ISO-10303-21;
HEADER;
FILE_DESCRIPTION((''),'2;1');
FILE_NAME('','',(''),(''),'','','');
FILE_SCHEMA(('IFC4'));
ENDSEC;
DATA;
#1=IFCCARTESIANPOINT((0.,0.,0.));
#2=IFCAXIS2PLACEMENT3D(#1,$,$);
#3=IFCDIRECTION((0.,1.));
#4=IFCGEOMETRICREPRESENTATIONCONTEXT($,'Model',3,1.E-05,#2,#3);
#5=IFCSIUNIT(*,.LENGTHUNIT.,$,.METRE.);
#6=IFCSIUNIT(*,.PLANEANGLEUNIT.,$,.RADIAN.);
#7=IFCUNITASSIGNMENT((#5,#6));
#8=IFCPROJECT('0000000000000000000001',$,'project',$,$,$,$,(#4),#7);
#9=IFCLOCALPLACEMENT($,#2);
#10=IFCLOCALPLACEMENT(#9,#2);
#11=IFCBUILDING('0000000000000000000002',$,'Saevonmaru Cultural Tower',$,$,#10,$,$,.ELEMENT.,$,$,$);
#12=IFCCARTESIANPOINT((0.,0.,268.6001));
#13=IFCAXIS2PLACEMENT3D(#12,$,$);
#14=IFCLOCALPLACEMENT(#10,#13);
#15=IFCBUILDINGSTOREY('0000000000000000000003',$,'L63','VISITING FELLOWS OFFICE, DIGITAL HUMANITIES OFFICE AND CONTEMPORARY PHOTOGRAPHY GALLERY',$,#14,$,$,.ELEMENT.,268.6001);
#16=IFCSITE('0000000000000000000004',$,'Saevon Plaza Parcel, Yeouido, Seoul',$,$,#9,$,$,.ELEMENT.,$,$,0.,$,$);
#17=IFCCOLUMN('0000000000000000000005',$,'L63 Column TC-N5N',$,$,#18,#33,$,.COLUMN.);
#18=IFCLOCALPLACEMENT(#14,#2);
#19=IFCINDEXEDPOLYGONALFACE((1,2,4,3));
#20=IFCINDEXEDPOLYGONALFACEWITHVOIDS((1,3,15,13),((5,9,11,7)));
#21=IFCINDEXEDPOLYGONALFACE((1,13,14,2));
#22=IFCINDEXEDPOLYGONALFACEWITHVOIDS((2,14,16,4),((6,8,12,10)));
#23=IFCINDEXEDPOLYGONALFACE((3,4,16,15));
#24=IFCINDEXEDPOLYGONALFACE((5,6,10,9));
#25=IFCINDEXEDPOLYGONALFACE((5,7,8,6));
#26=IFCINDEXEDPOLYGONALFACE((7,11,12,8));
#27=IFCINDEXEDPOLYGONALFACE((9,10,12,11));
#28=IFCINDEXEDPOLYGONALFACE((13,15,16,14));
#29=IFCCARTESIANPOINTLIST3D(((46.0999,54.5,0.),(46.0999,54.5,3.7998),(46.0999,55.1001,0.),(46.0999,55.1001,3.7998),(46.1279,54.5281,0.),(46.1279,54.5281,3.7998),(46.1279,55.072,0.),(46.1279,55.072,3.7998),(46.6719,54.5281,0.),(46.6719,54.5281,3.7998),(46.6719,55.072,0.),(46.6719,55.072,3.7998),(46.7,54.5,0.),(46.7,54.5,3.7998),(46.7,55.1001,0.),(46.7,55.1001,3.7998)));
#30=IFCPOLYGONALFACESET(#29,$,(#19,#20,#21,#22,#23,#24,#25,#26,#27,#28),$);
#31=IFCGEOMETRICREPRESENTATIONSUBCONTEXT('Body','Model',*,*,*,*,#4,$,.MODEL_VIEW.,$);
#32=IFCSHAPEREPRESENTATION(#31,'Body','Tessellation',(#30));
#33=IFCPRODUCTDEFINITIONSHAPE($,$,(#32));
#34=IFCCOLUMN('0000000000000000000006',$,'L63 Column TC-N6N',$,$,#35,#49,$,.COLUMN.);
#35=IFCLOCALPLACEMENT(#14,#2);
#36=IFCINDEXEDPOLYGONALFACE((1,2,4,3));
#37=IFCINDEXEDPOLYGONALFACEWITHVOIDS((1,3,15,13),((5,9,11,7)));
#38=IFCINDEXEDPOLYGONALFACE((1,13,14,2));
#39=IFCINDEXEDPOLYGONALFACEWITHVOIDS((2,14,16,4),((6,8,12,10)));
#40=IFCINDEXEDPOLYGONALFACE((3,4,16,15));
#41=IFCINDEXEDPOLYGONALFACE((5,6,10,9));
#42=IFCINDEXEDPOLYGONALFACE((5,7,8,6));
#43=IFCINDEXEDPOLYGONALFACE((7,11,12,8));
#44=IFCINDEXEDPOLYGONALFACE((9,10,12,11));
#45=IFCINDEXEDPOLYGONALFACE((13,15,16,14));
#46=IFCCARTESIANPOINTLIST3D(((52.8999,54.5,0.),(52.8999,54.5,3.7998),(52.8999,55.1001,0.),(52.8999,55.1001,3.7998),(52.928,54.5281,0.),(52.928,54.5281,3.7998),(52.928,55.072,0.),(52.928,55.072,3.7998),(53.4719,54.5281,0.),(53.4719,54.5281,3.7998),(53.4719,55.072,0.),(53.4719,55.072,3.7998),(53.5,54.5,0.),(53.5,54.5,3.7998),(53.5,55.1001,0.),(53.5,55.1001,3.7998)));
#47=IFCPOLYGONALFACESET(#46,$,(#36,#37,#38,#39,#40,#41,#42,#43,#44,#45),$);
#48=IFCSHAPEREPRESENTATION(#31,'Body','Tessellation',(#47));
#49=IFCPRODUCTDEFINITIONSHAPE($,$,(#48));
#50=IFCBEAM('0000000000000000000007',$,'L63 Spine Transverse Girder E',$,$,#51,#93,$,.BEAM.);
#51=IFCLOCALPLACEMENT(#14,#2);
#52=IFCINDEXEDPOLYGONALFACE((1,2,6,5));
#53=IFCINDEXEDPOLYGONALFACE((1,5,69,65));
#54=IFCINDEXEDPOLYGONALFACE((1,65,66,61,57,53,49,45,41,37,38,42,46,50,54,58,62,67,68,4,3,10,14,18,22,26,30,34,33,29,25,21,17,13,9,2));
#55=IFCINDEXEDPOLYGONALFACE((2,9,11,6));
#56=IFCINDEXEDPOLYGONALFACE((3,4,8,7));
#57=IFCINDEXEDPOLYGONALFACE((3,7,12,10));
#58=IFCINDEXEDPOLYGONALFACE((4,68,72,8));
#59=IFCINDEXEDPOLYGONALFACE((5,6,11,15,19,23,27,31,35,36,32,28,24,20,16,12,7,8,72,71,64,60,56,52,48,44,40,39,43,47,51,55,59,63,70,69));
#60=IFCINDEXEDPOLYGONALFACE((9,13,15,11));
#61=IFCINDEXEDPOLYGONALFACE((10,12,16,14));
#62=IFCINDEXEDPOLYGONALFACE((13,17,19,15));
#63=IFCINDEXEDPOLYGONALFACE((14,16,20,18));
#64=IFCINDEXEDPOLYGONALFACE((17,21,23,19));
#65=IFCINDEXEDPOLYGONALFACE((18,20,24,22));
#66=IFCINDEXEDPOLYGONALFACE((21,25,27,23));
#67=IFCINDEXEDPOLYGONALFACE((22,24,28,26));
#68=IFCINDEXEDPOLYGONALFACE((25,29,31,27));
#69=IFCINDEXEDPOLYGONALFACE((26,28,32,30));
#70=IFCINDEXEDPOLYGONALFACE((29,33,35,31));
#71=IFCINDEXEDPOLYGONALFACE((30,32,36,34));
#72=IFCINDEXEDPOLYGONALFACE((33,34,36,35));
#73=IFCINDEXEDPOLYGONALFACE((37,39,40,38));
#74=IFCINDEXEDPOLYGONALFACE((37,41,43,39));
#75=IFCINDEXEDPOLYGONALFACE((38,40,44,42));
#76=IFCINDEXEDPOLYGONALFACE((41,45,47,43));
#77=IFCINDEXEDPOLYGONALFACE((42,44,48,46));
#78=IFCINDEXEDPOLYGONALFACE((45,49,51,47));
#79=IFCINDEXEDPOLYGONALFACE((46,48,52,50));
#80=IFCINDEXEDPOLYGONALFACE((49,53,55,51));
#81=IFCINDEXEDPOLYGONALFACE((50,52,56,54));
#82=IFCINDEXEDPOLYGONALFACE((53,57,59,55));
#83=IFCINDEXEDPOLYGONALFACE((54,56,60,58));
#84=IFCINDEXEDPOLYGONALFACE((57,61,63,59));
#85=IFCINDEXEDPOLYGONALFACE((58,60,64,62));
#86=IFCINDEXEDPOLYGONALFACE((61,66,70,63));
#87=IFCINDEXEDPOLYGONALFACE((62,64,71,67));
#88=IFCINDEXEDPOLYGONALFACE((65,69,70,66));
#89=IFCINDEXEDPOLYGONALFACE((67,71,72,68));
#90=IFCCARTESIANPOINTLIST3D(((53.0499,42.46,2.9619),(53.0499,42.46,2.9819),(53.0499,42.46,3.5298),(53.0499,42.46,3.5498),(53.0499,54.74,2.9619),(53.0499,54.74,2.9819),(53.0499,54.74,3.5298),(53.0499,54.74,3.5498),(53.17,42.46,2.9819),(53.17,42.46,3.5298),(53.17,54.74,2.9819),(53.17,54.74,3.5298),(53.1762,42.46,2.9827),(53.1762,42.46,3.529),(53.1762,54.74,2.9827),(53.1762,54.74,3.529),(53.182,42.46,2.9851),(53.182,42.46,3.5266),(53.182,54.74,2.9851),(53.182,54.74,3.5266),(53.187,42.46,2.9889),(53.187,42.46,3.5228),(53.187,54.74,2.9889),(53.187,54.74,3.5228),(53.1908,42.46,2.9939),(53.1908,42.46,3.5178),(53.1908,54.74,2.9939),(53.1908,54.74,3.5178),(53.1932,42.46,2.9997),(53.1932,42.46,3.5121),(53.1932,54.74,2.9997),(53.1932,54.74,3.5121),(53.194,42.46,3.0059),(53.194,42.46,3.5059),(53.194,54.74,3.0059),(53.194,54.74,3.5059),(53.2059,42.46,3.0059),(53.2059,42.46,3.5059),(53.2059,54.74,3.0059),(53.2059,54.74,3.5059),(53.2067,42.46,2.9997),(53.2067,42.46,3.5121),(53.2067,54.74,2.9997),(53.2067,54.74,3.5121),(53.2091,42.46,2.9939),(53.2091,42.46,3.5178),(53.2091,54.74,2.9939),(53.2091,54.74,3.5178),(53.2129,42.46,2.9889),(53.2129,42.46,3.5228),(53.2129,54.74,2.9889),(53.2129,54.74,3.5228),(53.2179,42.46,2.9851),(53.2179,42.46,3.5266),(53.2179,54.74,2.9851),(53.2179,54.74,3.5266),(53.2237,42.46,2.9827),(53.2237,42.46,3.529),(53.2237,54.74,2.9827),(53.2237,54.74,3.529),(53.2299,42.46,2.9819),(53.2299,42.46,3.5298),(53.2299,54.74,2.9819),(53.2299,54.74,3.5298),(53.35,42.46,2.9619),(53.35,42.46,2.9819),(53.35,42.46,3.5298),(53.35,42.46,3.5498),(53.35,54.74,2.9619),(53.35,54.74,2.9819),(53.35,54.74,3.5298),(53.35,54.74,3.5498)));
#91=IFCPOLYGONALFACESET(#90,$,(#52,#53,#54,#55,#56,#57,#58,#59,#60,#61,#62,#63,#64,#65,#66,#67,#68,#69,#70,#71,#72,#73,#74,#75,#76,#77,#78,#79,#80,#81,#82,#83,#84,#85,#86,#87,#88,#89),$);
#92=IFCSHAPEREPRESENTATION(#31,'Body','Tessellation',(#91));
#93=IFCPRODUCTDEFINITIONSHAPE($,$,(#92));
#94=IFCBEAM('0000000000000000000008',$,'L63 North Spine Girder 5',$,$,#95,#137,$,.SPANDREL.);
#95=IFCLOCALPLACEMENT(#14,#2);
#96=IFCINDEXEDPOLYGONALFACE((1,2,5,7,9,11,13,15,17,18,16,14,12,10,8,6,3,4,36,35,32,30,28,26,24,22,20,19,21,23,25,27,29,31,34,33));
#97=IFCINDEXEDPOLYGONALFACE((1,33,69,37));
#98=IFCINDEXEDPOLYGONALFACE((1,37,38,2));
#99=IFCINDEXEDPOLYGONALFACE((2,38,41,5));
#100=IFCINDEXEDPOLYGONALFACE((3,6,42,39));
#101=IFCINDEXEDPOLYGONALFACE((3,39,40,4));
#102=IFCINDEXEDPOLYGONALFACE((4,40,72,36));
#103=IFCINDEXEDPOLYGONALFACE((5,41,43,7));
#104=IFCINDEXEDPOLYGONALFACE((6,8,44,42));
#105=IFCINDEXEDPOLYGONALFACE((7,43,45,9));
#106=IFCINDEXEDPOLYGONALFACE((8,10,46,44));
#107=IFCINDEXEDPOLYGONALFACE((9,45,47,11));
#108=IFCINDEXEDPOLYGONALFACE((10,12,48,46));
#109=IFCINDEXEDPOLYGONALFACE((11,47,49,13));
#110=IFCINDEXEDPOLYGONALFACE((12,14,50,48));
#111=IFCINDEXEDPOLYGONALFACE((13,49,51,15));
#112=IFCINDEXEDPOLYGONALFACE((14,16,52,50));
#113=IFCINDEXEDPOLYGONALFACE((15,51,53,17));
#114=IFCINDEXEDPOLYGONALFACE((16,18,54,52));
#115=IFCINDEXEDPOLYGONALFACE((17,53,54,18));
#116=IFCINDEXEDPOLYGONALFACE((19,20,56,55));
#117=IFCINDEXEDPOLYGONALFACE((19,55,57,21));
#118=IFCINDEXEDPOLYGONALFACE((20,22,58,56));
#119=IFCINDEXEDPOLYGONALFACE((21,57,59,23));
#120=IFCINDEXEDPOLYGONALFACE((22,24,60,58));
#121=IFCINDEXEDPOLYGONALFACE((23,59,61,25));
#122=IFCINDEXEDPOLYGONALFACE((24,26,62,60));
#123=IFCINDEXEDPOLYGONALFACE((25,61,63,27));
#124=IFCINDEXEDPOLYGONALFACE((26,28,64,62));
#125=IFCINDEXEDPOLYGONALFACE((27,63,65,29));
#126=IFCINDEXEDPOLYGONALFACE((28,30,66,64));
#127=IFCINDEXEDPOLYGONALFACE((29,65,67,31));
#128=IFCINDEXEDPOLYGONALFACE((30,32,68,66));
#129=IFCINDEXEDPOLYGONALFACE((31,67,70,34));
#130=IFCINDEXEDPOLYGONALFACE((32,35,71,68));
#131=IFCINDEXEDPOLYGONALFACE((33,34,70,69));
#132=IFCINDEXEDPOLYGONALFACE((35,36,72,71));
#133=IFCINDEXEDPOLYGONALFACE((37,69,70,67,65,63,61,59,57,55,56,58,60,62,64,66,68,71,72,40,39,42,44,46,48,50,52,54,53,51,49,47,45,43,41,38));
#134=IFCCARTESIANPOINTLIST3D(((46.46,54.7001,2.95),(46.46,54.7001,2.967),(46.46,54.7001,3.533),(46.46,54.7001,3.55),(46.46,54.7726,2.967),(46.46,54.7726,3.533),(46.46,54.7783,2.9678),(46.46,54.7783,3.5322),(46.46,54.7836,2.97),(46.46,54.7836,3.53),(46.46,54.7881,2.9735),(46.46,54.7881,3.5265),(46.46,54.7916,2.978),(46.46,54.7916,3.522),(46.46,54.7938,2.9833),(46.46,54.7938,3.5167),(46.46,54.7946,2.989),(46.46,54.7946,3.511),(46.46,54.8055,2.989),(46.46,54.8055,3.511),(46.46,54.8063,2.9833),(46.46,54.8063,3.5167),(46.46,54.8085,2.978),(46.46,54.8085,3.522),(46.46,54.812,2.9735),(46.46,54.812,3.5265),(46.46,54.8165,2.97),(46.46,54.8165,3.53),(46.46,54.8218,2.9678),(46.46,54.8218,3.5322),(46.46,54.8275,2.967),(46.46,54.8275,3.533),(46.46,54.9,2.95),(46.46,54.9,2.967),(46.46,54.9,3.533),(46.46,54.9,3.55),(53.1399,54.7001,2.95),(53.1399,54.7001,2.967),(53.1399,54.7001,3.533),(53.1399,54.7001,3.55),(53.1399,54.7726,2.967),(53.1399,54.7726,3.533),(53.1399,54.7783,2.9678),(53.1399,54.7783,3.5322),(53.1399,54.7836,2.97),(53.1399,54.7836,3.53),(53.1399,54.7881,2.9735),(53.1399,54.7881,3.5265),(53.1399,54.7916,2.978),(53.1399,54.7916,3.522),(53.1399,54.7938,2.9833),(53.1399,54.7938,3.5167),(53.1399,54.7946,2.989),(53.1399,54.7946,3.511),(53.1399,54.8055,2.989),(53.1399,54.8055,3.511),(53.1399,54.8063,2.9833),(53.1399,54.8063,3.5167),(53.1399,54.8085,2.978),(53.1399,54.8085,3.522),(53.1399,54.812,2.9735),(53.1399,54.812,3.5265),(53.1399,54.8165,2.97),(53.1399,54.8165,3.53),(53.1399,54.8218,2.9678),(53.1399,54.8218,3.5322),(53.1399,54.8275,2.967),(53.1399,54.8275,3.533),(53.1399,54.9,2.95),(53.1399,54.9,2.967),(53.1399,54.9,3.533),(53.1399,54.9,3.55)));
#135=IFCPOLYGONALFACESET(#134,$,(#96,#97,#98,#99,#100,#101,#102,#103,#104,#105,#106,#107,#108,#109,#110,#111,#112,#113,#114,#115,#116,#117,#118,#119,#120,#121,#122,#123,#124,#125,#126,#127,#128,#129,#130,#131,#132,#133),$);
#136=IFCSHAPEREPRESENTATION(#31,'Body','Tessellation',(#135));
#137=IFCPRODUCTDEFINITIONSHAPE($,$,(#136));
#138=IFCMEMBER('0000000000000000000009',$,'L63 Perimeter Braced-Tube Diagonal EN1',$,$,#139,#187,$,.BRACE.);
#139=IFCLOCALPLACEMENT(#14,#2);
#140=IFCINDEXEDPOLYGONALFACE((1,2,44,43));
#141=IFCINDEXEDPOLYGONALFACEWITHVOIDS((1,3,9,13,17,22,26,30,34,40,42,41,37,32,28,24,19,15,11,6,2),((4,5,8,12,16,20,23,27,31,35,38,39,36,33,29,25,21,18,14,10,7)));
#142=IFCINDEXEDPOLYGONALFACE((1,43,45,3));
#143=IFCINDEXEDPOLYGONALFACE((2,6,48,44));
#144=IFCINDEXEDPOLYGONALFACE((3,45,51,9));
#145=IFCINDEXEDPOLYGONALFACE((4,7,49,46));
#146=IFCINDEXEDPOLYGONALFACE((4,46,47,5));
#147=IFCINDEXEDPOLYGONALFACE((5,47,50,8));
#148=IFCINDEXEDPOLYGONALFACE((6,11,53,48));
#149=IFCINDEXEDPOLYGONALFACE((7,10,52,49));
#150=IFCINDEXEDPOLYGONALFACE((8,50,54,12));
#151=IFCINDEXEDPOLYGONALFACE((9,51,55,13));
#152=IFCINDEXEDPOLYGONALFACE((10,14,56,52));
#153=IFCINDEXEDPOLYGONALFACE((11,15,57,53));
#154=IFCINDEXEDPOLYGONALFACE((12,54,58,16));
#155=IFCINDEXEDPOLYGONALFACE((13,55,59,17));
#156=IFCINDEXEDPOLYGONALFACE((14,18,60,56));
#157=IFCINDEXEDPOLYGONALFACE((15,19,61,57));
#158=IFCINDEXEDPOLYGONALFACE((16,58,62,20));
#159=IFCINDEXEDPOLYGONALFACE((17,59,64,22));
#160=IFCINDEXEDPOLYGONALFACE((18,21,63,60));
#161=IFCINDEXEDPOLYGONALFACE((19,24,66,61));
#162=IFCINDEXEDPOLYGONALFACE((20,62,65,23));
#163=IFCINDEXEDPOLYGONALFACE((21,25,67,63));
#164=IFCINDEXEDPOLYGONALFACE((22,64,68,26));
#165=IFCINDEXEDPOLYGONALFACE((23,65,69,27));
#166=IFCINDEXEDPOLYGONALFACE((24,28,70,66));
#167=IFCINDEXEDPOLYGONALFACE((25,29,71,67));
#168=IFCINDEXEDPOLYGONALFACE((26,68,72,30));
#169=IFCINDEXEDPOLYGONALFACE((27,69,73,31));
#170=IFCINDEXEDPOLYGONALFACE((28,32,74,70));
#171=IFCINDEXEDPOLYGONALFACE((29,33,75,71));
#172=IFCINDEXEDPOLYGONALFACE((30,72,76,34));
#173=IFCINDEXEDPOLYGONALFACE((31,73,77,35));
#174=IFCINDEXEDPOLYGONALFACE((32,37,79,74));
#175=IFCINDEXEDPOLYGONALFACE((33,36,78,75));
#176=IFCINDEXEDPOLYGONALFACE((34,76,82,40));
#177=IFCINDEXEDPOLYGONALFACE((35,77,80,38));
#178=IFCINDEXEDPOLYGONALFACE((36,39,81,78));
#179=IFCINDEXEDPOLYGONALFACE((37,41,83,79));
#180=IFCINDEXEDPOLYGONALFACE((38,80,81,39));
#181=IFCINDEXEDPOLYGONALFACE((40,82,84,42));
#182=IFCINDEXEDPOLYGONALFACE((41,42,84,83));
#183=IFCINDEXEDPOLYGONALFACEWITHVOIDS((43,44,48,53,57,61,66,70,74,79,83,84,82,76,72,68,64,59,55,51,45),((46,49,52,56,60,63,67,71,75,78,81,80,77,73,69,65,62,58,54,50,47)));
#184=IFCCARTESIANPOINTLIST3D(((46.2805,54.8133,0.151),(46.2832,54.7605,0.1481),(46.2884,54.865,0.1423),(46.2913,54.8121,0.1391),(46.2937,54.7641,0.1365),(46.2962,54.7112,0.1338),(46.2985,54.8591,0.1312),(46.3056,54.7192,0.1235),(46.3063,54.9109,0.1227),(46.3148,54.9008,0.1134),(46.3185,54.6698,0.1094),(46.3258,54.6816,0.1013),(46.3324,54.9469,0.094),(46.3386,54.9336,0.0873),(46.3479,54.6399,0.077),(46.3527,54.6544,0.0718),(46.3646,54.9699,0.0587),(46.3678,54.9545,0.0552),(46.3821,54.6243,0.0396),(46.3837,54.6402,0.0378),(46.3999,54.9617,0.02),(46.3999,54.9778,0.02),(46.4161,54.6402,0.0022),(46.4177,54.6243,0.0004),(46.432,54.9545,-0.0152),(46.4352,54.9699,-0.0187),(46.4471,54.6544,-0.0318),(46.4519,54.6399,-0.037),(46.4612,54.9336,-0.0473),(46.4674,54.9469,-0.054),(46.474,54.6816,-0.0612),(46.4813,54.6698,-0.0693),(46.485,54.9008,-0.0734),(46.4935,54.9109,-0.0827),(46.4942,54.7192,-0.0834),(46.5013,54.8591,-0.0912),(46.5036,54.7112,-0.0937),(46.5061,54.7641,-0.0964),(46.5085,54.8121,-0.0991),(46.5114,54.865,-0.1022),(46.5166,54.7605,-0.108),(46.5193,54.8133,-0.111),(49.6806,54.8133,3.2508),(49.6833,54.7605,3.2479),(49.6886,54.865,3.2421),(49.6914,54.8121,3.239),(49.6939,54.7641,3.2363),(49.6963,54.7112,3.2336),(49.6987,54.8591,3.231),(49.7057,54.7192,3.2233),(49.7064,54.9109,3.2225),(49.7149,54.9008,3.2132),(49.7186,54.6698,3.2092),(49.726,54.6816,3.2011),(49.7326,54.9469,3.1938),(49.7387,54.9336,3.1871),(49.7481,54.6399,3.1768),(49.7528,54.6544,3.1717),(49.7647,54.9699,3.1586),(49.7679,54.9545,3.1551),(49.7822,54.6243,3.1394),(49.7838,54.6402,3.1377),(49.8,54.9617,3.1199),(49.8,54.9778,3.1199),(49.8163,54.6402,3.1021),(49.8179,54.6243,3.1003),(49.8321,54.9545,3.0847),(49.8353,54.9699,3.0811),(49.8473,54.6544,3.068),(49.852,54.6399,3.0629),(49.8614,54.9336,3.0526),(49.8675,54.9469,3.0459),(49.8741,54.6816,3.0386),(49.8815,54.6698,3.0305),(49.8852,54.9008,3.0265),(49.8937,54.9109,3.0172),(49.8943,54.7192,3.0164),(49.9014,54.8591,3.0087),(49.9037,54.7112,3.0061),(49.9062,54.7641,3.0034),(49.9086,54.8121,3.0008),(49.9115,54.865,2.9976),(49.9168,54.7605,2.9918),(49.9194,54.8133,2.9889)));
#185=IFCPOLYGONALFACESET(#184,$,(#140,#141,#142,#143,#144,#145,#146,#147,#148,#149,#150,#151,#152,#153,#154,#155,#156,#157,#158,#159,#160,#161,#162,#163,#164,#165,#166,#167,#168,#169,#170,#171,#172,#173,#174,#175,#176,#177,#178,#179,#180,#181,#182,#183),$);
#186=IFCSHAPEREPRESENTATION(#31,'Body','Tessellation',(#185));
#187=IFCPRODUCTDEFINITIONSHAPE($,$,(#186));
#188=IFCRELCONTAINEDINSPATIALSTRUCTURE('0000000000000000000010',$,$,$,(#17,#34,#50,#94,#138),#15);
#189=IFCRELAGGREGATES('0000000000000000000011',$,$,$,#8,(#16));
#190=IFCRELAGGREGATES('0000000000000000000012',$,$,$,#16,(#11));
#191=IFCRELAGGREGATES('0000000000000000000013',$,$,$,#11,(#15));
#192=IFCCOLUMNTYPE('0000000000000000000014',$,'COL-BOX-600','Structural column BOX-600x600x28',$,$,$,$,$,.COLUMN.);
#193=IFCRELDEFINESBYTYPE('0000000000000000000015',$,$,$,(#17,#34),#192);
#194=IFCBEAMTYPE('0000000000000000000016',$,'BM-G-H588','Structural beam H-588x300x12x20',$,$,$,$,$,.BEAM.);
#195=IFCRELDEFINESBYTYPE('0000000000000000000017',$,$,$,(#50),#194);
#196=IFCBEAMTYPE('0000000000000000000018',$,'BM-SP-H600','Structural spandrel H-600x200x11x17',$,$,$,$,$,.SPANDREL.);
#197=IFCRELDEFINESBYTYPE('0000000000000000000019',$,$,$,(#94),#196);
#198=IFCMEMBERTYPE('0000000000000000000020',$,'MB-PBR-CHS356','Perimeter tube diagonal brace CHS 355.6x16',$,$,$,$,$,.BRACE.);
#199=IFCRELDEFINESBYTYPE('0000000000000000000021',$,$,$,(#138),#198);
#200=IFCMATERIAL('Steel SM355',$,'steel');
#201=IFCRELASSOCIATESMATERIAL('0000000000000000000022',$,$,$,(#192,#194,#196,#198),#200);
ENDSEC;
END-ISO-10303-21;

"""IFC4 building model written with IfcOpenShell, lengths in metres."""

from ifc_helpers import new_model, si_unit, direction, frame, origin, origin_2d, place, context, subcontext, project, spatial, hollow_rectangle, hollow_circle, i_section, extrude, material, material_profile, profile_set, type_object, element, save


model = new_model("IFC4")

# Units and contexts
model_context = context("Model", 3, precision=1e-05, world=origin(), true_north=direction((0.0, 1.0)))
body_context = subcontext(model_context, "Body", "Model", "MODEL_VIEW")
ifc_project = project(units=[si_unit("LENGTHUNIT", "METRE"), si_unit("PLANEANGLEUNIT", "RADIAN")], contexts=[model_context])

# Site, building, storey
site_placement = place(None, origin())
site = spatial("IfcSite", under=ifc_project, at=site_placement, Name="Saevon Plaza Parcel, Yeouido, Seoul", CompositionType="ELEMENT", RefElevation=0.0)
building_placement = place(site_placement, origin())
building = spatial("IfcBuilding", under=site, at=building_placement, Name="Saevonmaru Cultural Tower", CompositionType="ELEMENT")
storey_placement = place(building_placement, frame((0.0, 0.0, 268.6001)))
storey = spatial("IfcBuildingStorey", under=building, at=storey_placement, Name="L63", Description="VISITING FELLOWS OFFICE, DIGITAL HUMANITIES OFFICE AND CONTEMPORARY PHOTOGRAPHY GALLERY", CompositionType="ELEMENT", Elevation=268.6001)

# Columns
ifc_material_1 = material(Name="Steel SM355", Category="steel")
ifc_material_profile_1 = material_profile(ifc_material_1, hollow_rectangle(XDim=0.6001, YDim=0.6001, WallThickness=0.0281, at=origin_2d()), Name="BOX-600x600x28")
ifc_profile_set_1 = profile_set([ifc_material_profile_1], Name="Steel SM355")
column_type = type_object("IfcColumnType", Name="COL-BOX-600", Description="Structural column BOX-600x600x28", PredefinedType="COLUMN", material=ifc_profile_set_1)
for number, where, z_axis, x_axis, name in (
    (1, (46.3999, 54.8, 0.0), (0.0, 0.0, 1.0), (1.0, 0.0, 0.0), "L63 Column TC-N5N"),
    (2, (53.2, 54.8, 0.0), (0.0, 0.0, 1.0), (1.0, 0.0, 0.0), "L63 Column TC-N6N"),
):
    element("IfcColumn", number, at=place(storey_placement, frame(where, z_axis=z_axis, x_axis=x_axis)), inside=storey, type_object=column_type, Name=name, PredefinedType="COLUMN", context=body_context, shape_type="SweptSolid", body=[
        extrude(hollow_rectangle(XDim=0.6001, YDim=0.6001, WallThickness=0.0281, at=origin_2d()), origin(), (0.0, 0.0, 1.0), 3.7998),
    ])

# Beams
ifc_material_profile_2 = material_profile(ifc_material_1, i_section(OverallWidth=0.3, OverallDepth=0.5879, WebThickness=0.012, FlangeThickness=0.02, FilletRadius=0.0239, at=origin_2d()), Name="H-588x300x12x20")
ifc_profile_set_2 = profile_set([ifc_material_profile_2], Name="Steel SM355")
beam_type_1 = type_object("IfcBeamType", Name="BM-G-H588", Description="Structural beam H-588x300x12x20", PredefinedType="BEAM", material=ifc_profile_set_2)
beam_1_placement = place(storey_placement, frame((53.2, 54.74, 3.2559), z_axis=(0.0, -1.0, 0.0), x_axis=(1.0, 0.0, 0.0)))
element("IfcBeam", 3, at=beam_1_placement, inside=storey, type_object=beam_type_1, Name="L63 Spine Transverse Girder E", PredefinedType="BEAM", context=body_context, shape_type="SweptSolid", body=[
    extrude(i_section(OverallWidth=0.3, OverallDepth=0.5879, WebThickness=0.012, FlangeThickness=0.02, FilletRadius=0.0239, at=origin_2d()), origin(), (0.0, 0.0, 1.0), 12.28),
])
ifc_material_profile_3 = material_profile(ifc_material_1, i_section(OverallWidth=0.2, OverallDepth=0.6001, WebThickness=0.011, FlangeThickness=0.0171, FilletRadius=0.022, at=origin_2d()), Name="H-600x200x11x17")
ifc_profile_set_3 = profile_set([ifc_material_profile_3], Name="Steel SM355")
beam_type_2 = type_object("IfcBeamType", Name="BM-SP-H600", Description="Structural spandrel H-600x200x11x17", PredefinedType="SPANDREL", material=ifc_profile_set_3)
beam_2_placement = place(storey_placement, frame((46.46, 54.8, 3.25), z_axis=(1.0, 0.0, 0.0), x_axis=(0.0, 1.0, 0.0)))
element("IfcBeam", 4, at=beam_2_placement, inside=storey, type_object=beam_type_2, Name="L63 North Spine Girder 5", PredefinedType="SPANDREL", context=body_context, shape_type="SweptSolid", body=[
    extrude(i_section(OverallWidth=0.2, OverallDepth=0.6001, WebThickness=0.011, FlangeThickness=0.0171, FilletRadius=0.022, at=origin_2d()), origin(), (0.0, 0.0, 1.0), 6.6799),
])

# Member
ifc_material_profile_4 = material_profile(ifc_material_1, hollow_circle(Radius=0.1777, WallThickness=0.0161, at=origin_2d()), Name="CHS-355.6x16")
ifc_profile_set_4 = profile_set([ifc_material_profile_4], Name="Steel SM355")
member_type_1 = type_object("IfcMemberType", Name="MB-PBR-CHS356", Description="Perimeter tube diagonal brace CHS 355.6x16", PredefinedType="BRACE", material=ifc_profile_set_4)
member_1_placement = place(storey_placement, frame((46.3999, 54.8, 0.02), z_axis=(0.738986, 0.0, 0.673721), x_axis=(0.0, 1.0, 0.0)))
element("IfcMember", 5, at=member_1_placement, inside=storey, type_object=member_type_1, Name="L63 Perimeter Braced-Tube Diagonal EN1", PredefinedType="BRACE", context=body_context, shape_type="SweptSolid", body=[
    extrude(hollow_circle(Radius=0.1777, WallThickness=0.0161, at=origin_2d()), origin(), (0.0, 0.0, 1.0), 4.6011),
])

save(model, "model.ifc")
